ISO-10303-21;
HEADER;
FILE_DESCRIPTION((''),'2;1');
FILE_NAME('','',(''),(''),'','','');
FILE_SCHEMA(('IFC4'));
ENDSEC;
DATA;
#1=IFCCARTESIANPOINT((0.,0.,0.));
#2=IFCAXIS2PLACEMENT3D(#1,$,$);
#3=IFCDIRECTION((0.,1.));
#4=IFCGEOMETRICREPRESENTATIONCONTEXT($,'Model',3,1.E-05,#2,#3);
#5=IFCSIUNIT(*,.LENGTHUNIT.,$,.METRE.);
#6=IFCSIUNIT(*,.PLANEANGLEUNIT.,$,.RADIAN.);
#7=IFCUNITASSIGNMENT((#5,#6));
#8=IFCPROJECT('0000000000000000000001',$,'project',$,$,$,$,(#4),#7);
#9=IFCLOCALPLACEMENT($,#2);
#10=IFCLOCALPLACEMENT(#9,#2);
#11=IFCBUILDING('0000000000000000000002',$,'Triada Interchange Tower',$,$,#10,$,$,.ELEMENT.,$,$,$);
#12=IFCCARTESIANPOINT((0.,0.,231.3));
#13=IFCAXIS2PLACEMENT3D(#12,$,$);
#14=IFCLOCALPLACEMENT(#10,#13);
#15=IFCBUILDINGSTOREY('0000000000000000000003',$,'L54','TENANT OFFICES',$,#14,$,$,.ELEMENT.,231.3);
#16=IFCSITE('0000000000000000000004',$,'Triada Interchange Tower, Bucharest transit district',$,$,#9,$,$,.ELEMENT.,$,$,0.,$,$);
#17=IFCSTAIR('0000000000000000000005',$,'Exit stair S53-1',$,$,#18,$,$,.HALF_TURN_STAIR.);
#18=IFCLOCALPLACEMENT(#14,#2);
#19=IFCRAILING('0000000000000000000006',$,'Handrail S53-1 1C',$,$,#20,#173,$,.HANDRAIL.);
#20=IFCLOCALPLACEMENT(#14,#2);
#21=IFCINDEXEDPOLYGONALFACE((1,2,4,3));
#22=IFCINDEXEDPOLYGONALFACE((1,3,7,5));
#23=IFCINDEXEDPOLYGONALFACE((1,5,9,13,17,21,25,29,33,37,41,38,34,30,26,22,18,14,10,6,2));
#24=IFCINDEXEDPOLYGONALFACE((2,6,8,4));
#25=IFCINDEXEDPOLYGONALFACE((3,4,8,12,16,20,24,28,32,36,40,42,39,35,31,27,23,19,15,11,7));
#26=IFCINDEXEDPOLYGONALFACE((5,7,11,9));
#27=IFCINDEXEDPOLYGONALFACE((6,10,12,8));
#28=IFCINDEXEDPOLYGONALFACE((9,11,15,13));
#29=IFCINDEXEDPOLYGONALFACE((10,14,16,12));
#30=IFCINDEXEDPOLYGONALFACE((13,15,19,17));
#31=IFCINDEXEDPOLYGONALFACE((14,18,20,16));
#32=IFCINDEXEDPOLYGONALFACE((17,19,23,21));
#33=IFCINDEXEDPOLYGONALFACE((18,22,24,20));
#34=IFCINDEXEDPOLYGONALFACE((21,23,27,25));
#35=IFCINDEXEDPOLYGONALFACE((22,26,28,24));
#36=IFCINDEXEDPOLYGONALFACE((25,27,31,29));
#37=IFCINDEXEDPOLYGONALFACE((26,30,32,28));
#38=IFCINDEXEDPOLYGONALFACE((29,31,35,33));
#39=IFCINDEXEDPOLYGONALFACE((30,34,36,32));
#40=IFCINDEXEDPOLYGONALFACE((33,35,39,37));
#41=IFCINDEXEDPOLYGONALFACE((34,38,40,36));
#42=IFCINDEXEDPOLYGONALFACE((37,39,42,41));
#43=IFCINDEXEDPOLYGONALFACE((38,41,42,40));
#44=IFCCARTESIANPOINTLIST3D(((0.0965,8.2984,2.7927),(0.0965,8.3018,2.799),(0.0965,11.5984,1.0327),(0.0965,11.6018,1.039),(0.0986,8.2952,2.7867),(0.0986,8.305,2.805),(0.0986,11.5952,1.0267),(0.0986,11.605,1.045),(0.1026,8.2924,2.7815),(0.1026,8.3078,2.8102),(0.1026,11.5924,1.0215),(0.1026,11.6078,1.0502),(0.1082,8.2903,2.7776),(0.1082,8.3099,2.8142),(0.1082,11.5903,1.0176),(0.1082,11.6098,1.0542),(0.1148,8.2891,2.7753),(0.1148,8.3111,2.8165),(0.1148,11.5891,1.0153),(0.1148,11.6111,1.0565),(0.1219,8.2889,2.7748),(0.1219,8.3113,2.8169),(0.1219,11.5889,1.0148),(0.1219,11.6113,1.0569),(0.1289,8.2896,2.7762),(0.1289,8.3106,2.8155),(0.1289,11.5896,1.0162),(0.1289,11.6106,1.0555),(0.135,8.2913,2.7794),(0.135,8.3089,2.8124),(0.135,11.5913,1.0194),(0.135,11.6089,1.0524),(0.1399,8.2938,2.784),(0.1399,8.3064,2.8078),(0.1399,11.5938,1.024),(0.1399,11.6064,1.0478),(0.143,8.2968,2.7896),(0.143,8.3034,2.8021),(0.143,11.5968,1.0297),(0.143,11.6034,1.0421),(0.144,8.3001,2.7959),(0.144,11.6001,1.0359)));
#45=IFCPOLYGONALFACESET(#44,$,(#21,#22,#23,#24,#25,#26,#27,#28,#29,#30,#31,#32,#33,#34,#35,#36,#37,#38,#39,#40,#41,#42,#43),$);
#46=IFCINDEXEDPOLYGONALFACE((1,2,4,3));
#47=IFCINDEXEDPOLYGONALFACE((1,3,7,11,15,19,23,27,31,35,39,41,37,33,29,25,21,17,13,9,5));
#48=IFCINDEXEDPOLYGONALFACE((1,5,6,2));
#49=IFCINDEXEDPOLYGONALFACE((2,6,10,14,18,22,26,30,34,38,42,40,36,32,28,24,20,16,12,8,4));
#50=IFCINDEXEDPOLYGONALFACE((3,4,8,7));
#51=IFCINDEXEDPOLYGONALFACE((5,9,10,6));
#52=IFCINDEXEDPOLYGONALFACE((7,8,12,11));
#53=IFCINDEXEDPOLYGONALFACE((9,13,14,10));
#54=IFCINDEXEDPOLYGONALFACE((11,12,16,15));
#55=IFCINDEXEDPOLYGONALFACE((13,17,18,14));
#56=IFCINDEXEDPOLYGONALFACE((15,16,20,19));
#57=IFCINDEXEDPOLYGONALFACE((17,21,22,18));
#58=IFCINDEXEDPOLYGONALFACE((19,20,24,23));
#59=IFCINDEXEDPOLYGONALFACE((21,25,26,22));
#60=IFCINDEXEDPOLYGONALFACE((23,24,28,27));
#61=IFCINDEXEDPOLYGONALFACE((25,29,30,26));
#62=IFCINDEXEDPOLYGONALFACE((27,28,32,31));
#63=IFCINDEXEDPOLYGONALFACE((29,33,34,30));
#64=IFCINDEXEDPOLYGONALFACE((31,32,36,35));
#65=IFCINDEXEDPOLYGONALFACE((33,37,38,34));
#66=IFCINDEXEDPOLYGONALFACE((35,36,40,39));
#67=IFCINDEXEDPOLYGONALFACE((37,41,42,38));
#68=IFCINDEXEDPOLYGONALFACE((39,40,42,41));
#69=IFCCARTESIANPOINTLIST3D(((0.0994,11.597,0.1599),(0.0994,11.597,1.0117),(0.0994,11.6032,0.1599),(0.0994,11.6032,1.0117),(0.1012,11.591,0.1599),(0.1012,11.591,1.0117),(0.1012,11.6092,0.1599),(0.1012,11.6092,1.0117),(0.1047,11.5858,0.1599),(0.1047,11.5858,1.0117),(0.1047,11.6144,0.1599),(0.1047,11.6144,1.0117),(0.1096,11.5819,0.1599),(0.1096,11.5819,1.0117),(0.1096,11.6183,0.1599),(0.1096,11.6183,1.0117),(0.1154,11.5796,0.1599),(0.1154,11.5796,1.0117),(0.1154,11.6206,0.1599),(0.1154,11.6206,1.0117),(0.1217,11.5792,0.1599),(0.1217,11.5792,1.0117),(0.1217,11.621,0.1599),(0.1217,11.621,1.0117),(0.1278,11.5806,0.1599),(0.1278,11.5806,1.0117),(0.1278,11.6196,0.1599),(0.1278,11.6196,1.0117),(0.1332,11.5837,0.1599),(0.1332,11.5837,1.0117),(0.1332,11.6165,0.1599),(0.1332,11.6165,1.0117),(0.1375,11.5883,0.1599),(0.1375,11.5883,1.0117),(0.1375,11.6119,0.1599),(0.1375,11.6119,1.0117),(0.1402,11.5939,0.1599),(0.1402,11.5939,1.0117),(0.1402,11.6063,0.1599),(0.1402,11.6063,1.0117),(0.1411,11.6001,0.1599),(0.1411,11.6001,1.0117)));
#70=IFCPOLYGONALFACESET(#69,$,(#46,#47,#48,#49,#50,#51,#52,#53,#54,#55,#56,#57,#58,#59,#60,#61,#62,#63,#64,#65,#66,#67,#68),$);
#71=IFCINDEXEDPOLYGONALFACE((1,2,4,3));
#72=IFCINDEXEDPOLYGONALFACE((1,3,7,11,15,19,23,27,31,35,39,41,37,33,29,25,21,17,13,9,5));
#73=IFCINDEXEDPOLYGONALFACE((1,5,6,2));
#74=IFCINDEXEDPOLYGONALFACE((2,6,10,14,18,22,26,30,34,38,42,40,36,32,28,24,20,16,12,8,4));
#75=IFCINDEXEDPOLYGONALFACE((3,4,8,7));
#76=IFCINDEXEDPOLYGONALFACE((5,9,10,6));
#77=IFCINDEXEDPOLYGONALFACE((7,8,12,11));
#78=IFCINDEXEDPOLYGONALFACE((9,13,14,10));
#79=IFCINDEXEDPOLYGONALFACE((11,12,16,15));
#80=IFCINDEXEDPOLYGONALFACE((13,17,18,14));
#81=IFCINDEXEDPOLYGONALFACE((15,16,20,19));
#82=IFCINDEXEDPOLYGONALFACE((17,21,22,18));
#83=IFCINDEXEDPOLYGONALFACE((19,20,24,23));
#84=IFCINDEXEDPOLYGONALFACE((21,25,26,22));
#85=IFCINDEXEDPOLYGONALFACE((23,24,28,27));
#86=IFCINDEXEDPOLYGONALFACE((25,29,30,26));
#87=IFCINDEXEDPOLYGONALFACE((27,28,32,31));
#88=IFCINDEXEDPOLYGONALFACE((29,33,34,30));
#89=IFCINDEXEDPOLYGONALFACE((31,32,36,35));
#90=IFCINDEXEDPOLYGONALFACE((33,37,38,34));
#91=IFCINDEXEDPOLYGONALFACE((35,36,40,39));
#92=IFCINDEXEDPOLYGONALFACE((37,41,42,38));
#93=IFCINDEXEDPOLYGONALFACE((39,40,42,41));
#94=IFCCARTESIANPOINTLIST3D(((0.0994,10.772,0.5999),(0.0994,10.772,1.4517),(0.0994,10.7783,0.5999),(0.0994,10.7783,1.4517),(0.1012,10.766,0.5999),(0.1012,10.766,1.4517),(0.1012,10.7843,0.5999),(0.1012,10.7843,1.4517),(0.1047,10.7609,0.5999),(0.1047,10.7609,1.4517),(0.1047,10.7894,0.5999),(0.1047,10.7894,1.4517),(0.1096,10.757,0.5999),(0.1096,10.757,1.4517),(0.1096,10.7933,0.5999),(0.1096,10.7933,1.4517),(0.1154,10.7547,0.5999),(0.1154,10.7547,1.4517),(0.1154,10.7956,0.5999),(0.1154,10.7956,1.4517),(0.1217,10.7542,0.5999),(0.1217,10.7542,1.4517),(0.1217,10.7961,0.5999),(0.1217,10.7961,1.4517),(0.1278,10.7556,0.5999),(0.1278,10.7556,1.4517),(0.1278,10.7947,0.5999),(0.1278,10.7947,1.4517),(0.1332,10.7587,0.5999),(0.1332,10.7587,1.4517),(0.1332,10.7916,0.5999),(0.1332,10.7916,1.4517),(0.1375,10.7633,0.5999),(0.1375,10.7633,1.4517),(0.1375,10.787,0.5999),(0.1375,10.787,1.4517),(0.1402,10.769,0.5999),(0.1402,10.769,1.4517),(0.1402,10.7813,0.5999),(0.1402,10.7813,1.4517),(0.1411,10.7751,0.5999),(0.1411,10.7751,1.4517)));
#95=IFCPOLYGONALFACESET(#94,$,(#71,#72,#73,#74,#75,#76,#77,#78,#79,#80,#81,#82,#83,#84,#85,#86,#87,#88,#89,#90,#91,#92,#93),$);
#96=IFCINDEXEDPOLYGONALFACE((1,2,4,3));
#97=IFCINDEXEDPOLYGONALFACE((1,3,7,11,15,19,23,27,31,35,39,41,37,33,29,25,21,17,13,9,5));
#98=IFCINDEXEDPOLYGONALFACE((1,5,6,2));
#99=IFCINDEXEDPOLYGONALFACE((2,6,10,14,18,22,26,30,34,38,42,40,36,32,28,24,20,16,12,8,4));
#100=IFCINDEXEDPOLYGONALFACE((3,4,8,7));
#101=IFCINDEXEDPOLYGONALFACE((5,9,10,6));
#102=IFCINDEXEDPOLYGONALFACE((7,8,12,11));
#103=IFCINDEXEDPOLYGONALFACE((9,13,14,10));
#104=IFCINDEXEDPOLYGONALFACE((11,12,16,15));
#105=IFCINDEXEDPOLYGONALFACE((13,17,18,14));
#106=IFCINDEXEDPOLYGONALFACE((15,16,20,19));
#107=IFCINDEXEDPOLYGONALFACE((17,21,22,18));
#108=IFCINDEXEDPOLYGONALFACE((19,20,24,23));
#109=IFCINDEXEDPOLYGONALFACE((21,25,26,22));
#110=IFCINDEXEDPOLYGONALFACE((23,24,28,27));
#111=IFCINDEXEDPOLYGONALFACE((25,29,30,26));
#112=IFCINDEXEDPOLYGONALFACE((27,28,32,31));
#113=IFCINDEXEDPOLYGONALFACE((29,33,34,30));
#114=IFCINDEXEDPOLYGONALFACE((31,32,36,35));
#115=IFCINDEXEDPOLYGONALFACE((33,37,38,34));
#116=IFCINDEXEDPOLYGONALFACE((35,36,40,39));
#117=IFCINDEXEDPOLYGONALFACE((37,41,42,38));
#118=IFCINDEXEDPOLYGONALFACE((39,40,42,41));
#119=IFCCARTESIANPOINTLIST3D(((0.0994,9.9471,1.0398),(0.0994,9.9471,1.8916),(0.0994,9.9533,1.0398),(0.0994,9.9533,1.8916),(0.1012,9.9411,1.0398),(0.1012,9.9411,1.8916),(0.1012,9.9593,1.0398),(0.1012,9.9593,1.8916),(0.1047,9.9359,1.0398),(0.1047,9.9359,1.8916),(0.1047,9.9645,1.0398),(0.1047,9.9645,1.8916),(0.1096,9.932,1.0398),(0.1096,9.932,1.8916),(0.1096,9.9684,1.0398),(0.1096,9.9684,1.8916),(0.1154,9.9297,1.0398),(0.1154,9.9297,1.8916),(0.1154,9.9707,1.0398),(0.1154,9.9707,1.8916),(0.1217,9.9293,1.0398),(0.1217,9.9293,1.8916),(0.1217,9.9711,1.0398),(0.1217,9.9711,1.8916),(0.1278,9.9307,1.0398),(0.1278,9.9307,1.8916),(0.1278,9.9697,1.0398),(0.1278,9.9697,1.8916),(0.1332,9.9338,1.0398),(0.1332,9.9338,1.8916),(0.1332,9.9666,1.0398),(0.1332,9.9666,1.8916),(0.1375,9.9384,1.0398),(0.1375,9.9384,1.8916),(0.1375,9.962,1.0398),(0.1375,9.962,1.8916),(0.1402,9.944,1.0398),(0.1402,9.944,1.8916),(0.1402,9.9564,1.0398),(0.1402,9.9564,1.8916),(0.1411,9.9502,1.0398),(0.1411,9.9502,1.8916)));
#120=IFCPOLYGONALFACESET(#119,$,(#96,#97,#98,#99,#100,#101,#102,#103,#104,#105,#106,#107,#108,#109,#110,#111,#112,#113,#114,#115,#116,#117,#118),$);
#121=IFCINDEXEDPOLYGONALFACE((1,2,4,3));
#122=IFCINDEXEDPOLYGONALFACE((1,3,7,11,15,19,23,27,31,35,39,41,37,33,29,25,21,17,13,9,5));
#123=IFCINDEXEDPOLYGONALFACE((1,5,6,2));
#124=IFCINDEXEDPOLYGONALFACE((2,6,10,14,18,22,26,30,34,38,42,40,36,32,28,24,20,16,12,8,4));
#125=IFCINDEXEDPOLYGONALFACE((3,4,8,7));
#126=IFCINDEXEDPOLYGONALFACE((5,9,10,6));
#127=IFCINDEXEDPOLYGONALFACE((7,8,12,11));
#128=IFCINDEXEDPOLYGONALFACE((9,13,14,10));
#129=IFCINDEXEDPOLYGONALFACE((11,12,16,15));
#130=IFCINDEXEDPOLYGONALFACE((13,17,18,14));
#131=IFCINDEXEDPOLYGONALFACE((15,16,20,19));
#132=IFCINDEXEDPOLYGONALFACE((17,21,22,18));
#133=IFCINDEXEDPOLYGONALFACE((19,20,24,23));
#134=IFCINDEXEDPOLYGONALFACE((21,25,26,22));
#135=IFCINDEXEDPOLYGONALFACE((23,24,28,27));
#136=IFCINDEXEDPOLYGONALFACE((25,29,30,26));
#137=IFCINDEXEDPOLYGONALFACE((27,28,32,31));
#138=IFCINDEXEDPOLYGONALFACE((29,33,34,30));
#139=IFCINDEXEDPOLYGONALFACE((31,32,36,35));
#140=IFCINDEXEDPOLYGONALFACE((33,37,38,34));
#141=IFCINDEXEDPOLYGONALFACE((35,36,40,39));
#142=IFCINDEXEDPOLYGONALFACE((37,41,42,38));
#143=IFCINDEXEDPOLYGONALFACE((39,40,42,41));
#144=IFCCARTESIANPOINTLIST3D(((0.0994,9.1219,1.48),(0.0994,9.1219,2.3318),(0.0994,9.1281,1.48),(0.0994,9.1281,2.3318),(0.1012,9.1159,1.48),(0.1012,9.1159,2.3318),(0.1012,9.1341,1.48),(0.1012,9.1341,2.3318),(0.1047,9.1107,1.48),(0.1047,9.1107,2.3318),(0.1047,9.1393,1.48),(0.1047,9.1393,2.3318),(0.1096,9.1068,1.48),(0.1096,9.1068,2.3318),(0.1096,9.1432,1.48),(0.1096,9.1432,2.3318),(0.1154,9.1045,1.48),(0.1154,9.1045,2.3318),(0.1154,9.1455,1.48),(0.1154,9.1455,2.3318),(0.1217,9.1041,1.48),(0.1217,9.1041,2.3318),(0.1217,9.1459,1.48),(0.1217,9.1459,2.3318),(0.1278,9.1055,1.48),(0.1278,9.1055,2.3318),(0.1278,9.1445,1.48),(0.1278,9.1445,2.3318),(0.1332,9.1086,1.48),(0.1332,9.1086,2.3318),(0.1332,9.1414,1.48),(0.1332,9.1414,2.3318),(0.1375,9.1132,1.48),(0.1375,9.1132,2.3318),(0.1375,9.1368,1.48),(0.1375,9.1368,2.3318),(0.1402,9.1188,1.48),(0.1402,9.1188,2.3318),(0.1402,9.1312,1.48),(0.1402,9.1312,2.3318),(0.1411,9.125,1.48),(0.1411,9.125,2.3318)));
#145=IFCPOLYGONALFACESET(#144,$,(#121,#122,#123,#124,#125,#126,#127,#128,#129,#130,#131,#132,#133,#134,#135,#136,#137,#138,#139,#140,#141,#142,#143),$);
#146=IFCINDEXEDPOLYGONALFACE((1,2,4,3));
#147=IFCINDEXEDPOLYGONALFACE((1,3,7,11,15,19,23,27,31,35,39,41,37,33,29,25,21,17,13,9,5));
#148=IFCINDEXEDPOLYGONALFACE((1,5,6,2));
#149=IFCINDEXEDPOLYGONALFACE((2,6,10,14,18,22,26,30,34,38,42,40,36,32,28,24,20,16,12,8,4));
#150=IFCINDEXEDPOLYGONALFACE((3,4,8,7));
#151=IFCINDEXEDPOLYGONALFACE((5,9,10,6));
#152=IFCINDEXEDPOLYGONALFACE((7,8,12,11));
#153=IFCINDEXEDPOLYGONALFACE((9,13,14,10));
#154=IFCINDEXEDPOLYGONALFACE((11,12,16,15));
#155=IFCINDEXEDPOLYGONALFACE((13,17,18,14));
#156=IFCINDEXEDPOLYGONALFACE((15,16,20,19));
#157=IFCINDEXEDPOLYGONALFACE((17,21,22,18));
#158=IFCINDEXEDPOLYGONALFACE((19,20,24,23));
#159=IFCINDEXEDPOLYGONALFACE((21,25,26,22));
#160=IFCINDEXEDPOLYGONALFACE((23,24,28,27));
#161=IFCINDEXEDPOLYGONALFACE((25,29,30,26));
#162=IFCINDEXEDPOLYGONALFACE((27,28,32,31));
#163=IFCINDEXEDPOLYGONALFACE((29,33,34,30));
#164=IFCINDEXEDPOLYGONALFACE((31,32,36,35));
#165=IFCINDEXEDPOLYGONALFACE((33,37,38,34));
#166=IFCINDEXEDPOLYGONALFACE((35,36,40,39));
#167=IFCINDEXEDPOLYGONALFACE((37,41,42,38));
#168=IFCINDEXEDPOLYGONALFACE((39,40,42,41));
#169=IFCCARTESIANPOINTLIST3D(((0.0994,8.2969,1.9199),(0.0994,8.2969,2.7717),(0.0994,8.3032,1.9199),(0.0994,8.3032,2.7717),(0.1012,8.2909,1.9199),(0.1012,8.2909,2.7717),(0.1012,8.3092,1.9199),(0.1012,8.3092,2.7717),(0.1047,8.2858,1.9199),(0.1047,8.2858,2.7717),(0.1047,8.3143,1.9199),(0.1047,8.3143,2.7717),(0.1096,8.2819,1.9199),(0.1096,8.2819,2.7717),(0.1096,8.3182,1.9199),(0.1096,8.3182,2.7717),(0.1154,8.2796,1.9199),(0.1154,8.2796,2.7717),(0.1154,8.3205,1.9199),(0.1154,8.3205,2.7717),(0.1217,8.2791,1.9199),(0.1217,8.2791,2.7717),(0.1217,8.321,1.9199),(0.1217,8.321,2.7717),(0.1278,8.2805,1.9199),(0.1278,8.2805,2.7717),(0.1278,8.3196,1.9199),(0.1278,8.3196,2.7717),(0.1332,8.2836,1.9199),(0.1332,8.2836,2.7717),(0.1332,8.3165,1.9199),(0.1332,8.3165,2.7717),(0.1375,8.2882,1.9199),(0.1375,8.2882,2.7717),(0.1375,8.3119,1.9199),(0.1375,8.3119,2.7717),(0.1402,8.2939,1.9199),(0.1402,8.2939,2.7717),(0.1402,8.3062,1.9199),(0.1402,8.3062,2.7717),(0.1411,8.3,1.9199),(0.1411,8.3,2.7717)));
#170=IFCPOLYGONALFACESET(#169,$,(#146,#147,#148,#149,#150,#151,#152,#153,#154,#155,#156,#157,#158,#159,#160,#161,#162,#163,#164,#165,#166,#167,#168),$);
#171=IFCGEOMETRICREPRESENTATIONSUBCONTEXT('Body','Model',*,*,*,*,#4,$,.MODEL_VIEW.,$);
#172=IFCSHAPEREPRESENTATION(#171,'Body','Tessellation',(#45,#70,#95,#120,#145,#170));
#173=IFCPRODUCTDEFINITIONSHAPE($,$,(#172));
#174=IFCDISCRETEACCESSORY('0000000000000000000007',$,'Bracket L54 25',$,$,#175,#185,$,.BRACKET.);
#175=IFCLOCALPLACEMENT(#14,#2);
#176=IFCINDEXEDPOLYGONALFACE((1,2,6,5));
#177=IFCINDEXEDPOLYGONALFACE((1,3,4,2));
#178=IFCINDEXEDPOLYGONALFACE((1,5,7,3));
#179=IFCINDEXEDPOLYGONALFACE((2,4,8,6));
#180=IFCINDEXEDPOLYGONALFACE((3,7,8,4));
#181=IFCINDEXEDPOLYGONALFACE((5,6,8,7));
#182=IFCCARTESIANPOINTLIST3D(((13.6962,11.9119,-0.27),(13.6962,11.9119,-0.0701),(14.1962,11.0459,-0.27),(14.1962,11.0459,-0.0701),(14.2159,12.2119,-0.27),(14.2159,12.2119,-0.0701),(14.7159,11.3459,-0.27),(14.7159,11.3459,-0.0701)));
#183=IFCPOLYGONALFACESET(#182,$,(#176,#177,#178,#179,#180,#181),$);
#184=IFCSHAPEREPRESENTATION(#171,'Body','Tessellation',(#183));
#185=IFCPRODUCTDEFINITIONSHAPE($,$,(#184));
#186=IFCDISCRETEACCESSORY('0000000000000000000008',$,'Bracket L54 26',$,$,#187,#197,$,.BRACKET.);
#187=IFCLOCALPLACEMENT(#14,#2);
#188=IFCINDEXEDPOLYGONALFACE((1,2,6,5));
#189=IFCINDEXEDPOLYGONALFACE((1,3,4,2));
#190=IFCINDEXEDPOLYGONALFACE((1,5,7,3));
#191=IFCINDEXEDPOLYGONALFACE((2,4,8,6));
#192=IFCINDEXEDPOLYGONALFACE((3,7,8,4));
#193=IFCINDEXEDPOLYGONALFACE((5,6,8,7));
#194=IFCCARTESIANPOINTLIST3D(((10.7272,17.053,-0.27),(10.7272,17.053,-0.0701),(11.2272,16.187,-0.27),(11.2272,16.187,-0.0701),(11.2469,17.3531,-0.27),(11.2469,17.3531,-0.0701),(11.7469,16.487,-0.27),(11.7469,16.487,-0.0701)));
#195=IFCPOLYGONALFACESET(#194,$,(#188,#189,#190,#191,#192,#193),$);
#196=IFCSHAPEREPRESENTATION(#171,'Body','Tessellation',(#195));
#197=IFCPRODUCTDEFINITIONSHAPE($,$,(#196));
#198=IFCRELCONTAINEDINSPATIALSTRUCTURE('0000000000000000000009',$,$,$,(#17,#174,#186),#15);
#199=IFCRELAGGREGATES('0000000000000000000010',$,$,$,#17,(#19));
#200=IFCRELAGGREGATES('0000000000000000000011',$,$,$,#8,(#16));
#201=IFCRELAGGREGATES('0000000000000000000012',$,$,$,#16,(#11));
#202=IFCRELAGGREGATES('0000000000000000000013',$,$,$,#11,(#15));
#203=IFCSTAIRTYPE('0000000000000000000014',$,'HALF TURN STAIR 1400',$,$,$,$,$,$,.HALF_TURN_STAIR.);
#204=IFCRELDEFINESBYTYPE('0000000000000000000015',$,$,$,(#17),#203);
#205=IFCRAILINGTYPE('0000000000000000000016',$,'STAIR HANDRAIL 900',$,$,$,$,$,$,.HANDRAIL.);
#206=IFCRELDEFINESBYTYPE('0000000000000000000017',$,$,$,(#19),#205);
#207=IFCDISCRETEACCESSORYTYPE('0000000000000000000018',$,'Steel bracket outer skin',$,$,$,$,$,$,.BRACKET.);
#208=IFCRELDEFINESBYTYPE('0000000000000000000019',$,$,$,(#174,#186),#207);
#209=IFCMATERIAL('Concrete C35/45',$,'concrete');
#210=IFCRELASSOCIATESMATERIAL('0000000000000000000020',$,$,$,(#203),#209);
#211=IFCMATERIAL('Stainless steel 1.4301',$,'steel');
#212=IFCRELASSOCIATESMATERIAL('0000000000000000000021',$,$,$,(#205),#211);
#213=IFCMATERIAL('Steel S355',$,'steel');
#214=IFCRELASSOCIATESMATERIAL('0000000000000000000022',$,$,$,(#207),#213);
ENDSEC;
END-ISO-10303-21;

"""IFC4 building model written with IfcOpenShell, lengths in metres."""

from ifc_helpers import new_model, si_unit, direction, frame, origin, origin_2d, place, context, subcontext, project, spatial, rectangle, circle, extrude, material, type_object, element, aggregate, save


model = new_model("IFC4")

# Units and contexts
model_context = context("Model", 3, precision=1e-05, world=origin(), true_north=direction((0.0, 1.0)))
body_context = subcontext(model_context, "Body", "Model", "MODEL_VIEW")
ifc_project = project(units=[si_unit("LENGTHUNIT", "METRE"), si_unit("PLANEANGLEUNIT", "RADIAN")], contexts=[model_context])

# Site, building, storey
site_placement = place(None, origin())
site = spatial("IfcSite", under=ifc_project, at=site_placement, Name="Triada Interchange Tower, Bucharest transit district", CompositionType="ELEMENT", RefElevation=0.0)
building_placement = place(site_placement, origin())
building = spatial("IfcBuilding", under=site, at=building_placement, Name="Triada Interchange Tower", CompositionType="ELEMENT")
storey_placement = place(building_placement, frame((0.0, 0.0, 231.3)))
storey = spatial("IfcBuildingStorey", under=building, at=storey_placement, Name="L54", Description="TENANT OFFICES", CompositionType="ELEMENT", Elevation=231.3)

# Stair
ifc_material_1 = material(Name="Concrete C35/45", Category="concrete")
stair_type = type_object("IfcStairType", Name="HALF TURN STAIR 1400", PredefinedType="HALF_TURN_STAIR", material=ifc_material_1)
stair_placement = place(storey_placement, origin())
stair = element("IfcStair", 1, at=stair_placement, inside=storey, type_object=stair_type, Name="Exit stair S53-1", PredefinedType="HALF_TURN_STAIR")

# Railing
ifc_material_2 = material(Name="Stainless steel 1.4301", Category="steel")
railing_type = type_object("IfcRailingType", Name="STAIR HANDRAIL 900", PredefinedType="HANDRAIL", material=ifc_material_2)
railing_1_placement = place(storey_placement, frame((0.1201, 11.6001, 0.1599)))
railing_1 = element("IfcRailing", 2, at=railing_1_placement, type_object=railing_type, Name="Handrail S53-1 1C", PredefinedType="HANDRAIL", context=body_context, shape_type="SweptSolid", body=[
    extrude(circle(Radius=0.0239, at=origin_2d()), frame((0.0, 0.0, 0.876), z_axis=(0.0, -0.882355, 0.470585), x_axis=(1.0, 0.0, 0.0)), (0.0, 0.0, 1.0), 3.74),
    extrude(circle(Radius=0.021, at=origin_2d()), origin(), (0.0, 0.0, 1.0), 0.8518),
    extrude(circle(Radius=0.021, at=origin_2d()), frame((0.0, -0.825, 0.4399)), (0.0, 0.0, 1.0), 0.8518),
    extrude(circle(Radius=0.021, at=origin_2d()), frame((0.0, -1.6499, 0.8799)), (0.0, 0.0, 1.0), 0.8518),
    extrude(circle(Radius=0.021, at=origin_2d()), frame((0.0, -2.4751, 1.3201)), (0.0, 0.0, 1.0), 0.8518),
    extrude(circle(Radius=0.021, at=origin_2d()), frame((0.0, -3.3, 1.76)), (0.0, 0.0, 1.0), 0.8518),
])
aggregate(stair, [railing_1])

# Discrete accessories
ifc_material_3 = material(Name="Steel S355", Category="steel")
discrete_accessory_type = type_object("IfcDiscreteAccessoryType", Name="Steel bracket outer skin", PredefinedType="BRACKET", material=ifc_material_3)
for number, where, z_axis, x_axis, name in (
    (3, (14.2061, 11.6289, -0.27), (0.0, 0.0, 1.0), (0.866014, 0.500019, 0.0), "Bracket L54 25"),
    (4, (11.2371, 16.77, -0.27), (0.0, 0.0, 1.0), (0.866014, 0.500019, 0.0), "Bracket L54 26"),
):
    element("IfcDiscreteAccessory", number, at=place(storey_placement, frame(where, z_axis=z_axis, x_axis=x_axis)), inside=storey, type_object=discrete_accessory_type, Name=name, PredefinedType="BRACKET", context=body_context, shape_type="SweptSolid", body=[
        extrude(rectangle(XDim=0.6001, YDim=1.0, at=origin_2d()), origin(), (0.0, 0.0, 1.0), 0.2),
    ])

save(model, "model.ifc")
